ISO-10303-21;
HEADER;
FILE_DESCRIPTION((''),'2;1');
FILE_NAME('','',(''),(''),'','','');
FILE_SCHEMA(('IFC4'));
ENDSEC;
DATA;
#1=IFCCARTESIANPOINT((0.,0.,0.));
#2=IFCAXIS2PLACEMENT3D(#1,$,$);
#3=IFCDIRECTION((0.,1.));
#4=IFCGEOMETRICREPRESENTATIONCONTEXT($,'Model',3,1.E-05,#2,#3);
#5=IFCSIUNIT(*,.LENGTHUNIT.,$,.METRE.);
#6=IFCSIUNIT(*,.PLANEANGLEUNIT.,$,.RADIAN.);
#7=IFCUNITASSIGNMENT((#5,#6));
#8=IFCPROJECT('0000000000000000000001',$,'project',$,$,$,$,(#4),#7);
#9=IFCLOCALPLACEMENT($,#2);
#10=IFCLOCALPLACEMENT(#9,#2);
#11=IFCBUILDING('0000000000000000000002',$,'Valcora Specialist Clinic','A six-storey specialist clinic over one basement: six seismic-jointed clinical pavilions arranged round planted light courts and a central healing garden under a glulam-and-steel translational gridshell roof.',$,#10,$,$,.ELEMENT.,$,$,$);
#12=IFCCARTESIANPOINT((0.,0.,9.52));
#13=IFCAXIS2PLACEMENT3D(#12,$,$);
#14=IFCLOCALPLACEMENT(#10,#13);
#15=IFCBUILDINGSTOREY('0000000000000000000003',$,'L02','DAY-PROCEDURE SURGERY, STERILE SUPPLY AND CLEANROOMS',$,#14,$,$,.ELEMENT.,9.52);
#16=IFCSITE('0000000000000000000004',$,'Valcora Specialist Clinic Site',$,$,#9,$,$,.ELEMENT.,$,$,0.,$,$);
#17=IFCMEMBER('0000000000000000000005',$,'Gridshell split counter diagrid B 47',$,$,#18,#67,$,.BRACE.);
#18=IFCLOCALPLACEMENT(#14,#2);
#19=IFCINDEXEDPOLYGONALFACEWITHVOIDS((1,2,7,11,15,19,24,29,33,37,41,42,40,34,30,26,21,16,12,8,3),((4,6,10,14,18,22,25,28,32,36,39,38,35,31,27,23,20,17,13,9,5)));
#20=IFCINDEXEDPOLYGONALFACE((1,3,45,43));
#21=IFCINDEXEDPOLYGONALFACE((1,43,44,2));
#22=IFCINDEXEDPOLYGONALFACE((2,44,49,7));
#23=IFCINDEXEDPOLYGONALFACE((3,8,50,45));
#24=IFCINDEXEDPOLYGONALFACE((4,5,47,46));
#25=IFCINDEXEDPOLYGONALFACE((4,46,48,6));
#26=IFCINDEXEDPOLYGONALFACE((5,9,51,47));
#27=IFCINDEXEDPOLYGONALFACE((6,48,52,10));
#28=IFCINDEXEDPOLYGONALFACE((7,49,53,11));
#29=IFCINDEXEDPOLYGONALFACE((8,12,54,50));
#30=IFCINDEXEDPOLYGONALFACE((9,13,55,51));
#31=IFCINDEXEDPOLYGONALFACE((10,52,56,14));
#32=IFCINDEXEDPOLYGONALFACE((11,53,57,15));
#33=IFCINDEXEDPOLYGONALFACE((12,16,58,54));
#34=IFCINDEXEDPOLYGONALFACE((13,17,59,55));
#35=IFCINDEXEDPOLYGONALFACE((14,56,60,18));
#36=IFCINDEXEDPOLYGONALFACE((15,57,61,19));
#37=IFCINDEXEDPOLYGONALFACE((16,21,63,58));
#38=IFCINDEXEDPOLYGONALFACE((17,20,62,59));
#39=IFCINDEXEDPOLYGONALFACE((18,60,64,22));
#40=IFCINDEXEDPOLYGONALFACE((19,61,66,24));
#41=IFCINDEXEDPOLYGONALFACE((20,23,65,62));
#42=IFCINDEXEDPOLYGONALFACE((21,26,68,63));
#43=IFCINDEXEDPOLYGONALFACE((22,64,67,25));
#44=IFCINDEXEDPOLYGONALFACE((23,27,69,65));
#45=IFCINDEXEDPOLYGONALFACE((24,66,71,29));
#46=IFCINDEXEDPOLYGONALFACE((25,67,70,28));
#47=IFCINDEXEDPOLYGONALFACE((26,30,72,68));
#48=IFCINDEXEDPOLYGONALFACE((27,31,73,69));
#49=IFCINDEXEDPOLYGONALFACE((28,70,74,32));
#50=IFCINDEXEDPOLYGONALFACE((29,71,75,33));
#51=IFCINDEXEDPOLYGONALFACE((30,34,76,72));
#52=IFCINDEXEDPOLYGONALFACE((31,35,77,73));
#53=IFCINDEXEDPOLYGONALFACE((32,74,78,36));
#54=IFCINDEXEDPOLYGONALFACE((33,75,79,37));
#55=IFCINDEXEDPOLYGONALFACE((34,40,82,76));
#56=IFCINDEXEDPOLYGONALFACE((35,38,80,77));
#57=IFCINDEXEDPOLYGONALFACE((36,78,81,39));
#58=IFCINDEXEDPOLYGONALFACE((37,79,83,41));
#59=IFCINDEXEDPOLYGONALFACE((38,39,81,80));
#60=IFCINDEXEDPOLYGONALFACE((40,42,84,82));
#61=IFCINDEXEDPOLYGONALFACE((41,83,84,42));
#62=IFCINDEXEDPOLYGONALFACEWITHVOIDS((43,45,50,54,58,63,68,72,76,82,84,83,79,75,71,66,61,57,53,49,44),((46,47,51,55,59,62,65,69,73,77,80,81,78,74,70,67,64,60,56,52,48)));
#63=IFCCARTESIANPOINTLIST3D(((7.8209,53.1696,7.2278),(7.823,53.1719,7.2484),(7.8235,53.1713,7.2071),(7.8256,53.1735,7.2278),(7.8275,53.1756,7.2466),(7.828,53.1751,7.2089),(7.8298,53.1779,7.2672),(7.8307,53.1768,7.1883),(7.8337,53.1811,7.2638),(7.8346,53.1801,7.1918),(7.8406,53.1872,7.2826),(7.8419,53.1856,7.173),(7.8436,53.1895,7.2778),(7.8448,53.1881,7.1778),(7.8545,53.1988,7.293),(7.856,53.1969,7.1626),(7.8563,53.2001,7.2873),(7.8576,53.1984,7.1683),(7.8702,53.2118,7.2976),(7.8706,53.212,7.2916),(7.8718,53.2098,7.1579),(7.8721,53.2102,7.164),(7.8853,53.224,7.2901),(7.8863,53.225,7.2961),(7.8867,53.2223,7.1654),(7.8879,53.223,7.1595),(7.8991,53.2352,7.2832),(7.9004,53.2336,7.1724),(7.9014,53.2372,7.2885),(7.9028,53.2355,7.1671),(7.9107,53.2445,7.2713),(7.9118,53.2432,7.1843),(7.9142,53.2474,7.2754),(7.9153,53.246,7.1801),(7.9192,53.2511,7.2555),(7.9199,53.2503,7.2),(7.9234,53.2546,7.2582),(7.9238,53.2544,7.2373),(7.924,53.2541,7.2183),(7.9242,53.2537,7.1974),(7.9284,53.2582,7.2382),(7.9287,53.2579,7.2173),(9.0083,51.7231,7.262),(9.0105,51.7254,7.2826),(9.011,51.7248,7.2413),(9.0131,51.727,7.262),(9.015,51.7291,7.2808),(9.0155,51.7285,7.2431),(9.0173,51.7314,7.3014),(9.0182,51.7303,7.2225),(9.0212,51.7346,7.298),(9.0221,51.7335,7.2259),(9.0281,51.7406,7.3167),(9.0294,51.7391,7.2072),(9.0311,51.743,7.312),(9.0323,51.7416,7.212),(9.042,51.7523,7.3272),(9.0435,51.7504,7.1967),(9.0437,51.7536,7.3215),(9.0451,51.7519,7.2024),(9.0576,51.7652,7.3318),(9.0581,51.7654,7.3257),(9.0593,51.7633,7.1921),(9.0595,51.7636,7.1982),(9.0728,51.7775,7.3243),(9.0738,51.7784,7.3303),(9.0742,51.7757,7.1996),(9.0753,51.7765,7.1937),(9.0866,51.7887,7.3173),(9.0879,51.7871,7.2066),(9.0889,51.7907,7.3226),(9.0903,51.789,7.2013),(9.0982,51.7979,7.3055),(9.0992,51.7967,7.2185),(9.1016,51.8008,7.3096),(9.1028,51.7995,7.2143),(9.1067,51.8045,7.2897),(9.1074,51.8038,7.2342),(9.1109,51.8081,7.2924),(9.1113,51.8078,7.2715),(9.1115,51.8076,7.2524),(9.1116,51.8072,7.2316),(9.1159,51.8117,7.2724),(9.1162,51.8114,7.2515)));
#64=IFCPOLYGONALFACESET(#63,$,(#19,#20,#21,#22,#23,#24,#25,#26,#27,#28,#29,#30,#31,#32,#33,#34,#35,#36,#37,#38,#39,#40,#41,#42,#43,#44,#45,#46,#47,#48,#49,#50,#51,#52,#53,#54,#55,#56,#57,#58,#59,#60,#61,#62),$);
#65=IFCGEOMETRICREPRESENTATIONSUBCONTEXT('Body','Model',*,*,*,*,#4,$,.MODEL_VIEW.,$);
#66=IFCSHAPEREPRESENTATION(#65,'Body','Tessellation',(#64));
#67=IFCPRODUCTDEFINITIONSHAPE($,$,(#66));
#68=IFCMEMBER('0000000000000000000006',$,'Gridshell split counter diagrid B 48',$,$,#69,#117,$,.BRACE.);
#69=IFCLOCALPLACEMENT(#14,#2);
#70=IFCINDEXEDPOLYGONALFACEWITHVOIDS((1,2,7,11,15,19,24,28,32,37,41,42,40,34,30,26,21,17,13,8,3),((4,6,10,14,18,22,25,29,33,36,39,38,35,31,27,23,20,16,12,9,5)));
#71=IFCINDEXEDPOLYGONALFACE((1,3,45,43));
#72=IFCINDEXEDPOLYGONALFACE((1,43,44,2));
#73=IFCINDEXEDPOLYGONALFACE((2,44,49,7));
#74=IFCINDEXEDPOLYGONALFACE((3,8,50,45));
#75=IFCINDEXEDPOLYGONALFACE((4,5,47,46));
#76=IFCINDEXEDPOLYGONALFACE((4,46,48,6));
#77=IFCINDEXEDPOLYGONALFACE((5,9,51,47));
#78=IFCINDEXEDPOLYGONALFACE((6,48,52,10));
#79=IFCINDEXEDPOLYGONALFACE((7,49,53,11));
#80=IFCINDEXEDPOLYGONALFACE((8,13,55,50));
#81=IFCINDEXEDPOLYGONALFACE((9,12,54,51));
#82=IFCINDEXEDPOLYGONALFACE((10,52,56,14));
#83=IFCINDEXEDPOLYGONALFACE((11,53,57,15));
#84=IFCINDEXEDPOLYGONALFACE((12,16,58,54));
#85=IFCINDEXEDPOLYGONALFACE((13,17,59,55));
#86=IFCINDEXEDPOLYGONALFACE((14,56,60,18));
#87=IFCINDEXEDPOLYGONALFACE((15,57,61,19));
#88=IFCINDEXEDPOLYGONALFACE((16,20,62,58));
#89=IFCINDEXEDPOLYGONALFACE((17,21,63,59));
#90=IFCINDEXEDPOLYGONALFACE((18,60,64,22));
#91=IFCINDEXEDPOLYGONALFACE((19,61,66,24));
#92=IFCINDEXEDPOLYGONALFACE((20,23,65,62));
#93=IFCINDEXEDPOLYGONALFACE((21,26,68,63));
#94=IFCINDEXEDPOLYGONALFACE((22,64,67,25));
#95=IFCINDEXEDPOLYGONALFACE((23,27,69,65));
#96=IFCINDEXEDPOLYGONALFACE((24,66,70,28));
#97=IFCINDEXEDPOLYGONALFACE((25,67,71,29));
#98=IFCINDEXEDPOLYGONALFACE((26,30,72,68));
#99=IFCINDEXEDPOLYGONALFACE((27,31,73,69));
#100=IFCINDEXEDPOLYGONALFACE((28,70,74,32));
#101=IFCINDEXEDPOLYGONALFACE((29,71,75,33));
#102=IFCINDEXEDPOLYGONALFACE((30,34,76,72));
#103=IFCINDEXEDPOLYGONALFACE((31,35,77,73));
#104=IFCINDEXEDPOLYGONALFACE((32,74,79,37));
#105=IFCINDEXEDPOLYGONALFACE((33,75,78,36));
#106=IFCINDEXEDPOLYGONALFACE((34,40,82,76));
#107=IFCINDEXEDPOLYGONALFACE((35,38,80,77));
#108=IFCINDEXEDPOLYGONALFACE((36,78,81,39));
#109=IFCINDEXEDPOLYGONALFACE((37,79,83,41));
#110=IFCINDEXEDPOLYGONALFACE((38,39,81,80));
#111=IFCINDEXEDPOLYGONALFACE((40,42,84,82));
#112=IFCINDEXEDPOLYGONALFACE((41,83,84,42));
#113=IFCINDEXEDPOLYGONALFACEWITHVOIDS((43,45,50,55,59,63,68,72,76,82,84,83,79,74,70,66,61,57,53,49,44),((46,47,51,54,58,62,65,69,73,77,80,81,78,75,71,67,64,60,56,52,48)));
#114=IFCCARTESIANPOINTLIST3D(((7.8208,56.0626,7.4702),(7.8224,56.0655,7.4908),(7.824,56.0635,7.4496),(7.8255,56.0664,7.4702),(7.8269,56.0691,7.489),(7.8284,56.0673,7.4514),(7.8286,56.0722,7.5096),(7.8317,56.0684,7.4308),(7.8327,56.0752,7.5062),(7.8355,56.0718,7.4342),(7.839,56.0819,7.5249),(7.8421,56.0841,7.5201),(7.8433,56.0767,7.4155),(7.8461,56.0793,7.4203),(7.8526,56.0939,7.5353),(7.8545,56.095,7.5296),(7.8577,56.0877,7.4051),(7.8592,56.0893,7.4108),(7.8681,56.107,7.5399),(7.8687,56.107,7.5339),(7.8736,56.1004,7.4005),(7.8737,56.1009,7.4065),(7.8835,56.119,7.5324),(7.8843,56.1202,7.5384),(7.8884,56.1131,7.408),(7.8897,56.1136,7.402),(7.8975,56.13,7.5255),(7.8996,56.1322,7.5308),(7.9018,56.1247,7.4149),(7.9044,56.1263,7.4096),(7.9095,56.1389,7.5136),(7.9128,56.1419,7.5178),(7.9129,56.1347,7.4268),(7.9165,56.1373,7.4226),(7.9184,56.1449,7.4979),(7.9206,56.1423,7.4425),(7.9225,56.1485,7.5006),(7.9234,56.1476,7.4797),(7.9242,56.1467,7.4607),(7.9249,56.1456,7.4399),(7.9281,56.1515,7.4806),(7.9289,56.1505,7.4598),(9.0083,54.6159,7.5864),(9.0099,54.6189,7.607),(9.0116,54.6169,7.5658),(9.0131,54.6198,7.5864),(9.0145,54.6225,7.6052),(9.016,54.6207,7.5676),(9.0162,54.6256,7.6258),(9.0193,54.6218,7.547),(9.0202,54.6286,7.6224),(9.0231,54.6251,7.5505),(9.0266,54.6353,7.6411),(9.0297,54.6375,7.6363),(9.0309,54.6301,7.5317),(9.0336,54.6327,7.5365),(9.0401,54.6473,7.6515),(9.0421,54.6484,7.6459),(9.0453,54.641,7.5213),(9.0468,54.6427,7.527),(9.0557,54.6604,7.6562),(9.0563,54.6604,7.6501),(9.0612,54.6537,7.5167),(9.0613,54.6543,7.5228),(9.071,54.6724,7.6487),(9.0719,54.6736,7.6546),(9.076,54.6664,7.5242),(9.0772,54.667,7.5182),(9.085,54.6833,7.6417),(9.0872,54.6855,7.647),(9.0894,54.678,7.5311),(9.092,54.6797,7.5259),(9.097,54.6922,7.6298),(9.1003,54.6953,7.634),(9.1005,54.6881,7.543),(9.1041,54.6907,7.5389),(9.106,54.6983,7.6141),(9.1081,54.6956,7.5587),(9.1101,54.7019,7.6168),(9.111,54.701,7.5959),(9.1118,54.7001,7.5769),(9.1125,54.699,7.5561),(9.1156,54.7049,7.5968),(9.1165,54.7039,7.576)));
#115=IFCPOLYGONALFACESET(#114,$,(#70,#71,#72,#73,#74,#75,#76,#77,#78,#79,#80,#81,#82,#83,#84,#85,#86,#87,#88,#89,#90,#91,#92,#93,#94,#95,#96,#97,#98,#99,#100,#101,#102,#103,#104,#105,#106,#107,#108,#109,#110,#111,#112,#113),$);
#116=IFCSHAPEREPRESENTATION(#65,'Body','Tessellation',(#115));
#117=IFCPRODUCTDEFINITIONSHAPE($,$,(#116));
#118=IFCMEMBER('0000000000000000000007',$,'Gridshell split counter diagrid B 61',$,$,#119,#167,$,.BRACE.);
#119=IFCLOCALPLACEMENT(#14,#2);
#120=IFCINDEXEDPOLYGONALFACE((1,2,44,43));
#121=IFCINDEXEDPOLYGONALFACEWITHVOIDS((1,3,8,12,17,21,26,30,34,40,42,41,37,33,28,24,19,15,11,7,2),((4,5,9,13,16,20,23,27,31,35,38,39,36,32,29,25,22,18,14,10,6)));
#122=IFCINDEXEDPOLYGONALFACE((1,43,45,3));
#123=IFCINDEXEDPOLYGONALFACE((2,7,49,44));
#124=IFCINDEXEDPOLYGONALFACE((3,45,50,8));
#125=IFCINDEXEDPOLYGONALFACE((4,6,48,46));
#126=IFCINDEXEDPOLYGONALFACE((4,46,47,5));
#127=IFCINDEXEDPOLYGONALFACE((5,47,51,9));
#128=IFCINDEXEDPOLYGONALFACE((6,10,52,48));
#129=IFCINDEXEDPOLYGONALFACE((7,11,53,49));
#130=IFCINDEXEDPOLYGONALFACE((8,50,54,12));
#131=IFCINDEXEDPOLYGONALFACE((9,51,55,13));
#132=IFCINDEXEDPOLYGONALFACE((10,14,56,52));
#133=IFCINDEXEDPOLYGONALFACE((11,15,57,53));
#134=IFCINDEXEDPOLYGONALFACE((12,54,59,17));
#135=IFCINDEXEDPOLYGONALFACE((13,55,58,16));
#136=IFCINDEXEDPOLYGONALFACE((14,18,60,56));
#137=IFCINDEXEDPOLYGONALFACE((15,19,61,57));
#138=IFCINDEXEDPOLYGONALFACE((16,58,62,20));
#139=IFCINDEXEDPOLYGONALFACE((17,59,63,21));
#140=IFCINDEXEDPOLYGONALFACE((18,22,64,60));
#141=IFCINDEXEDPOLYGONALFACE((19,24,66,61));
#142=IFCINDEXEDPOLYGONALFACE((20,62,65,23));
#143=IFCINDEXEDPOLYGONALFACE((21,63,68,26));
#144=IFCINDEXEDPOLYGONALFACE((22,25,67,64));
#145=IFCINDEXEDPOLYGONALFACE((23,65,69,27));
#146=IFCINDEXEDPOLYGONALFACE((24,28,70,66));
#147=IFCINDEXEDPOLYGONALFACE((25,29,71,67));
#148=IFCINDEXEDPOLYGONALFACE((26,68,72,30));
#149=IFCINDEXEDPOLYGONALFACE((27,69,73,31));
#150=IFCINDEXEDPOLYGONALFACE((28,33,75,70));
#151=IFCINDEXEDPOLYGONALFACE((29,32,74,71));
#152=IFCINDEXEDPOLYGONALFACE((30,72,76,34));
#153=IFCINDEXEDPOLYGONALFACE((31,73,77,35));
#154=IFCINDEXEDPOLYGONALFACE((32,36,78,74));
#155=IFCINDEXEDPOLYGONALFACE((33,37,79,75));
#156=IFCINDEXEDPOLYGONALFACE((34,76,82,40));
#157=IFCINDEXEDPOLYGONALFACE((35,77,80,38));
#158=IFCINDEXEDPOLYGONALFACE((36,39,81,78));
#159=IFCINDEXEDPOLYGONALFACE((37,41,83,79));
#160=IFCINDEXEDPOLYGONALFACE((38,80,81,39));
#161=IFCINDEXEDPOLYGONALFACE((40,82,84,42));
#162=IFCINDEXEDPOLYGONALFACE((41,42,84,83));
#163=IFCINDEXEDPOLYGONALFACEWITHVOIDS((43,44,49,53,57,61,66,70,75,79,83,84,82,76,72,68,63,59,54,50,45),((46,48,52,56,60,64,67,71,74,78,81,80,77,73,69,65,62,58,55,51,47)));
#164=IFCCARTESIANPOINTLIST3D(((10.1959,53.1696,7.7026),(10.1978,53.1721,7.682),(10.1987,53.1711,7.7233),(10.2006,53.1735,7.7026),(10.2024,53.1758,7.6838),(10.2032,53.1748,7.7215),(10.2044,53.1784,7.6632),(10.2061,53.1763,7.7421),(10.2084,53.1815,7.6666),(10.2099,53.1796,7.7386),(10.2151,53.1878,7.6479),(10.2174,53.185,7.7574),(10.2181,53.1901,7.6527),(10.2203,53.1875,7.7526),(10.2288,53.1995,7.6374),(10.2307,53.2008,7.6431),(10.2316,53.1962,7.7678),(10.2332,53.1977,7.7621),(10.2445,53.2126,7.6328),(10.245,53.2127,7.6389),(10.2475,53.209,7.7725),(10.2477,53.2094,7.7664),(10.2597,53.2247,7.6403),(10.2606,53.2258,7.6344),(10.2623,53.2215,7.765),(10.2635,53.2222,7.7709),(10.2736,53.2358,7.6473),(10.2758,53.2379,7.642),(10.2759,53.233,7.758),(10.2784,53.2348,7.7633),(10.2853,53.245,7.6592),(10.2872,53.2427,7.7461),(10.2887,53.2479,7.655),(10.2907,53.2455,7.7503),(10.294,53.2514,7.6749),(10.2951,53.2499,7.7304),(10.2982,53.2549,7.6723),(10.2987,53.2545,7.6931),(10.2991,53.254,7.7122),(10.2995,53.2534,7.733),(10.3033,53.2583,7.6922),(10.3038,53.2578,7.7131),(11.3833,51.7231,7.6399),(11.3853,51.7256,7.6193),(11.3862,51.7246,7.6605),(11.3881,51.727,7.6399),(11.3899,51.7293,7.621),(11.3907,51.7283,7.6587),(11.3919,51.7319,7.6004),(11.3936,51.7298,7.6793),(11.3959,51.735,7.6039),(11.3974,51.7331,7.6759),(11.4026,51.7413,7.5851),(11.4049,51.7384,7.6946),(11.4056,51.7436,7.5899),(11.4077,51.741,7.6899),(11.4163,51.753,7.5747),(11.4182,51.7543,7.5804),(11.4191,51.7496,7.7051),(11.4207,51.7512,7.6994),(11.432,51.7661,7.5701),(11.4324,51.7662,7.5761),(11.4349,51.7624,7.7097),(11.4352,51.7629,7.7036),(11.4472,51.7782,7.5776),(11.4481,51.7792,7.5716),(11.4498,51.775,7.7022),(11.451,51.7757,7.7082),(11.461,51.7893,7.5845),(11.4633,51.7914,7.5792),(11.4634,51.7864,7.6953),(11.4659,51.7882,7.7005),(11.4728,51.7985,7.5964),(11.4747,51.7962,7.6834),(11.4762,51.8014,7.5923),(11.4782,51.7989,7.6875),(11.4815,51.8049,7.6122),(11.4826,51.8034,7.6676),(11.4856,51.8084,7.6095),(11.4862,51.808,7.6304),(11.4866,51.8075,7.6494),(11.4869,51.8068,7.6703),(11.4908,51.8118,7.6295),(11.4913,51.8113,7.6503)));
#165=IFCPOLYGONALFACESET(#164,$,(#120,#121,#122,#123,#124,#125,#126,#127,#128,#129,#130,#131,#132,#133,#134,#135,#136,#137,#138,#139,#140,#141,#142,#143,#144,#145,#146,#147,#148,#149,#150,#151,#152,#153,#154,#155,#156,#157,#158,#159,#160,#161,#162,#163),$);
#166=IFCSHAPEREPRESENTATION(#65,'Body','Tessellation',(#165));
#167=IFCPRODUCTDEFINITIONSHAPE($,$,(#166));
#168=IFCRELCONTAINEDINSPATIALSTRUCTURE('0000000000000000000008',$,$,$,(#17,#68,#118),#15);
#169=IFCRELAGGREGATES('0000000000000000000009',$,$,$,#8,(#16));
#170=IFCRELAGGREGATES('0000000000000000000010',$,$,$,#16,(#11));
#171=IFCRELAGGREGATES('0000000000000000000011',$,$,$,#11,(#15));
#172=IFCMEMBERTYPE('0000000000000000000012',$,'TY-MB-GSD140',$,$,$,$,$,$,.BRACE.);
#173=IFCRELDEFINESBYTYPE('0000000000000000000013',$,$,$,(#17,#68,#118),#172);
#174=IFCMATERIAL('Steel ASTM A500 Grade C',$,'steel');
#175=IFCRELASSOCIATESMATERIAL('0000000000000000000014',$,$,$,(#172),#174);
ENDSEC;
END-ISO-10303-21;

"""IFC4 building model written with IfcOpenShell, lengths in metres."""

from ifc_helpers import new_model, si_unit, direction, frame, origin, origin_2d, place, context, subcontext, project, spatial, hollow_circle, extrude, material, material_profile, profile_set, type_object, element, save


model = new_model("IFC4")

# Units and contexts
model_context = context("Model", 3, precision=1e-05, world=origin(), true_north=direction((0.0, 1.0)))
body_context = subcontext(model_context, "Body", "Model", "MODEL_VIEW")
ifc_project = project(units=[si_unit("LENGTHUNIT", "METRE"), si_unit("PLANEANGLEUNIT", "RADIAN")], contexts=[model_context])

# Site, building, storey
site_placement = place(None, origin())
site = spatial("IfcSite", under=ifc_project, at=site_placement, Name="Valcora Specialist Clinic Site", CompositionType="ELEMENT", RefElevation=0.0)
building_placement = place(site_placement, origin())
building = spatial("IfcBuilding", under=site, at=building_placement, Name="Valcora Specialist Clinic", Description="A six-storey specialist clinic over one basement: six seismic-jointed clinical pavilions arranged round planted light courts and a central healing garden under a glulam-and-steel translational gridshell roof.", CompositionType="ELEMENT")
storey_placement = place(building_placement, frame((0.0, 0.0, 9.52)))
storey = spatial("IfcBuildingStorey", under=building, at=storey_placement, Name="L02", Description="DAY-PROCEDURE SURGERY, STERILE SUPPLY AND CLEANROOMS", CompositionType="ELEMENT", Elevation=9.52)

# Members
ifc_material_1 = material(Name="Steel ASTM A500 Grade C", Category="steel")
ifc_material_profile_1 = material_profile(ifc_material_1, hollow_circle(Radius=0.0701, WallThickness=0.0061, at=origin_2d()), Name="ST-CHS-140X6")
ifc_profile_set_1 = profile_set([ifc_material_profile_1], Name="Steel ASTM A500 Grade C")
member_type_1 = type_object("IfcMemberType", Name="TY-MB-GSD140", PredefinedType="BRACE", material=ifc_profile_set_1)
member_1_placement = place(storey_placement, frame((9.0625, 51.7676, 7.262), z_axis=(-0.634403, 0.772787, -0.01826), x_axis=(-0.772916, -0.634508, 0.0)))
element("IfcMember", 1, at=member_1_placement, inside=storey, type_object=member_type_1, Name="Gridshell split counter diagrid B 47", PredefinedType="BRACE", context=body_context, shape_type="SweptSolid", body=[
    extrude(hollow_circle(Radius=0.0701, WallThickness=0.0061, at=origin_2d()), origin(), (0.0, 0.0, 1.0), 1.8718),
])
member_2_placement = place(storey_placement, frame((9.0625, 54.6604, 7.5864), z_axis=(-0.633289, 0.77143, -0.061975), x_axis=(-0.772916, -0.634508, 0.0)))
element("IfcMember", 2, at=member_2_placement, inside=storey, type_object=member_type_1, Name="Gridshell split counter diagrid B 48", PredefinedType="BRACE", context=body_context, shape_type="SweptSolid", body=[
    extrude(hollow_circle(Radius=0.0701, WallThickness=0.0061, at=origin_2d()), origin(), (0.0, 0.0, 1.0), 1.8752),
])
member_3_placement = place(storey_placement, frame((11.4375, 51.7676, 7.6399), z_axis=(-0.634152, 0.772482, 0.033507), x_axis=(-0.772916, -0.634508, 0.0)))
element("IfcMember", 3, at=member_3_placement, inside=storey, type_object=member_type_1, Name="Gridshell split counter diagrid B 61", PredefinedType="BRACE", context=body_context, shape_type="SweptSolid", body=[
    extrude(hollow_circle(Radius=0.0701, WallThickness=0.0061, at=origin_2d()), origin(), (0.0, 0.0, 1.0), 1.8726),
])

save(model, "model.ifc")
